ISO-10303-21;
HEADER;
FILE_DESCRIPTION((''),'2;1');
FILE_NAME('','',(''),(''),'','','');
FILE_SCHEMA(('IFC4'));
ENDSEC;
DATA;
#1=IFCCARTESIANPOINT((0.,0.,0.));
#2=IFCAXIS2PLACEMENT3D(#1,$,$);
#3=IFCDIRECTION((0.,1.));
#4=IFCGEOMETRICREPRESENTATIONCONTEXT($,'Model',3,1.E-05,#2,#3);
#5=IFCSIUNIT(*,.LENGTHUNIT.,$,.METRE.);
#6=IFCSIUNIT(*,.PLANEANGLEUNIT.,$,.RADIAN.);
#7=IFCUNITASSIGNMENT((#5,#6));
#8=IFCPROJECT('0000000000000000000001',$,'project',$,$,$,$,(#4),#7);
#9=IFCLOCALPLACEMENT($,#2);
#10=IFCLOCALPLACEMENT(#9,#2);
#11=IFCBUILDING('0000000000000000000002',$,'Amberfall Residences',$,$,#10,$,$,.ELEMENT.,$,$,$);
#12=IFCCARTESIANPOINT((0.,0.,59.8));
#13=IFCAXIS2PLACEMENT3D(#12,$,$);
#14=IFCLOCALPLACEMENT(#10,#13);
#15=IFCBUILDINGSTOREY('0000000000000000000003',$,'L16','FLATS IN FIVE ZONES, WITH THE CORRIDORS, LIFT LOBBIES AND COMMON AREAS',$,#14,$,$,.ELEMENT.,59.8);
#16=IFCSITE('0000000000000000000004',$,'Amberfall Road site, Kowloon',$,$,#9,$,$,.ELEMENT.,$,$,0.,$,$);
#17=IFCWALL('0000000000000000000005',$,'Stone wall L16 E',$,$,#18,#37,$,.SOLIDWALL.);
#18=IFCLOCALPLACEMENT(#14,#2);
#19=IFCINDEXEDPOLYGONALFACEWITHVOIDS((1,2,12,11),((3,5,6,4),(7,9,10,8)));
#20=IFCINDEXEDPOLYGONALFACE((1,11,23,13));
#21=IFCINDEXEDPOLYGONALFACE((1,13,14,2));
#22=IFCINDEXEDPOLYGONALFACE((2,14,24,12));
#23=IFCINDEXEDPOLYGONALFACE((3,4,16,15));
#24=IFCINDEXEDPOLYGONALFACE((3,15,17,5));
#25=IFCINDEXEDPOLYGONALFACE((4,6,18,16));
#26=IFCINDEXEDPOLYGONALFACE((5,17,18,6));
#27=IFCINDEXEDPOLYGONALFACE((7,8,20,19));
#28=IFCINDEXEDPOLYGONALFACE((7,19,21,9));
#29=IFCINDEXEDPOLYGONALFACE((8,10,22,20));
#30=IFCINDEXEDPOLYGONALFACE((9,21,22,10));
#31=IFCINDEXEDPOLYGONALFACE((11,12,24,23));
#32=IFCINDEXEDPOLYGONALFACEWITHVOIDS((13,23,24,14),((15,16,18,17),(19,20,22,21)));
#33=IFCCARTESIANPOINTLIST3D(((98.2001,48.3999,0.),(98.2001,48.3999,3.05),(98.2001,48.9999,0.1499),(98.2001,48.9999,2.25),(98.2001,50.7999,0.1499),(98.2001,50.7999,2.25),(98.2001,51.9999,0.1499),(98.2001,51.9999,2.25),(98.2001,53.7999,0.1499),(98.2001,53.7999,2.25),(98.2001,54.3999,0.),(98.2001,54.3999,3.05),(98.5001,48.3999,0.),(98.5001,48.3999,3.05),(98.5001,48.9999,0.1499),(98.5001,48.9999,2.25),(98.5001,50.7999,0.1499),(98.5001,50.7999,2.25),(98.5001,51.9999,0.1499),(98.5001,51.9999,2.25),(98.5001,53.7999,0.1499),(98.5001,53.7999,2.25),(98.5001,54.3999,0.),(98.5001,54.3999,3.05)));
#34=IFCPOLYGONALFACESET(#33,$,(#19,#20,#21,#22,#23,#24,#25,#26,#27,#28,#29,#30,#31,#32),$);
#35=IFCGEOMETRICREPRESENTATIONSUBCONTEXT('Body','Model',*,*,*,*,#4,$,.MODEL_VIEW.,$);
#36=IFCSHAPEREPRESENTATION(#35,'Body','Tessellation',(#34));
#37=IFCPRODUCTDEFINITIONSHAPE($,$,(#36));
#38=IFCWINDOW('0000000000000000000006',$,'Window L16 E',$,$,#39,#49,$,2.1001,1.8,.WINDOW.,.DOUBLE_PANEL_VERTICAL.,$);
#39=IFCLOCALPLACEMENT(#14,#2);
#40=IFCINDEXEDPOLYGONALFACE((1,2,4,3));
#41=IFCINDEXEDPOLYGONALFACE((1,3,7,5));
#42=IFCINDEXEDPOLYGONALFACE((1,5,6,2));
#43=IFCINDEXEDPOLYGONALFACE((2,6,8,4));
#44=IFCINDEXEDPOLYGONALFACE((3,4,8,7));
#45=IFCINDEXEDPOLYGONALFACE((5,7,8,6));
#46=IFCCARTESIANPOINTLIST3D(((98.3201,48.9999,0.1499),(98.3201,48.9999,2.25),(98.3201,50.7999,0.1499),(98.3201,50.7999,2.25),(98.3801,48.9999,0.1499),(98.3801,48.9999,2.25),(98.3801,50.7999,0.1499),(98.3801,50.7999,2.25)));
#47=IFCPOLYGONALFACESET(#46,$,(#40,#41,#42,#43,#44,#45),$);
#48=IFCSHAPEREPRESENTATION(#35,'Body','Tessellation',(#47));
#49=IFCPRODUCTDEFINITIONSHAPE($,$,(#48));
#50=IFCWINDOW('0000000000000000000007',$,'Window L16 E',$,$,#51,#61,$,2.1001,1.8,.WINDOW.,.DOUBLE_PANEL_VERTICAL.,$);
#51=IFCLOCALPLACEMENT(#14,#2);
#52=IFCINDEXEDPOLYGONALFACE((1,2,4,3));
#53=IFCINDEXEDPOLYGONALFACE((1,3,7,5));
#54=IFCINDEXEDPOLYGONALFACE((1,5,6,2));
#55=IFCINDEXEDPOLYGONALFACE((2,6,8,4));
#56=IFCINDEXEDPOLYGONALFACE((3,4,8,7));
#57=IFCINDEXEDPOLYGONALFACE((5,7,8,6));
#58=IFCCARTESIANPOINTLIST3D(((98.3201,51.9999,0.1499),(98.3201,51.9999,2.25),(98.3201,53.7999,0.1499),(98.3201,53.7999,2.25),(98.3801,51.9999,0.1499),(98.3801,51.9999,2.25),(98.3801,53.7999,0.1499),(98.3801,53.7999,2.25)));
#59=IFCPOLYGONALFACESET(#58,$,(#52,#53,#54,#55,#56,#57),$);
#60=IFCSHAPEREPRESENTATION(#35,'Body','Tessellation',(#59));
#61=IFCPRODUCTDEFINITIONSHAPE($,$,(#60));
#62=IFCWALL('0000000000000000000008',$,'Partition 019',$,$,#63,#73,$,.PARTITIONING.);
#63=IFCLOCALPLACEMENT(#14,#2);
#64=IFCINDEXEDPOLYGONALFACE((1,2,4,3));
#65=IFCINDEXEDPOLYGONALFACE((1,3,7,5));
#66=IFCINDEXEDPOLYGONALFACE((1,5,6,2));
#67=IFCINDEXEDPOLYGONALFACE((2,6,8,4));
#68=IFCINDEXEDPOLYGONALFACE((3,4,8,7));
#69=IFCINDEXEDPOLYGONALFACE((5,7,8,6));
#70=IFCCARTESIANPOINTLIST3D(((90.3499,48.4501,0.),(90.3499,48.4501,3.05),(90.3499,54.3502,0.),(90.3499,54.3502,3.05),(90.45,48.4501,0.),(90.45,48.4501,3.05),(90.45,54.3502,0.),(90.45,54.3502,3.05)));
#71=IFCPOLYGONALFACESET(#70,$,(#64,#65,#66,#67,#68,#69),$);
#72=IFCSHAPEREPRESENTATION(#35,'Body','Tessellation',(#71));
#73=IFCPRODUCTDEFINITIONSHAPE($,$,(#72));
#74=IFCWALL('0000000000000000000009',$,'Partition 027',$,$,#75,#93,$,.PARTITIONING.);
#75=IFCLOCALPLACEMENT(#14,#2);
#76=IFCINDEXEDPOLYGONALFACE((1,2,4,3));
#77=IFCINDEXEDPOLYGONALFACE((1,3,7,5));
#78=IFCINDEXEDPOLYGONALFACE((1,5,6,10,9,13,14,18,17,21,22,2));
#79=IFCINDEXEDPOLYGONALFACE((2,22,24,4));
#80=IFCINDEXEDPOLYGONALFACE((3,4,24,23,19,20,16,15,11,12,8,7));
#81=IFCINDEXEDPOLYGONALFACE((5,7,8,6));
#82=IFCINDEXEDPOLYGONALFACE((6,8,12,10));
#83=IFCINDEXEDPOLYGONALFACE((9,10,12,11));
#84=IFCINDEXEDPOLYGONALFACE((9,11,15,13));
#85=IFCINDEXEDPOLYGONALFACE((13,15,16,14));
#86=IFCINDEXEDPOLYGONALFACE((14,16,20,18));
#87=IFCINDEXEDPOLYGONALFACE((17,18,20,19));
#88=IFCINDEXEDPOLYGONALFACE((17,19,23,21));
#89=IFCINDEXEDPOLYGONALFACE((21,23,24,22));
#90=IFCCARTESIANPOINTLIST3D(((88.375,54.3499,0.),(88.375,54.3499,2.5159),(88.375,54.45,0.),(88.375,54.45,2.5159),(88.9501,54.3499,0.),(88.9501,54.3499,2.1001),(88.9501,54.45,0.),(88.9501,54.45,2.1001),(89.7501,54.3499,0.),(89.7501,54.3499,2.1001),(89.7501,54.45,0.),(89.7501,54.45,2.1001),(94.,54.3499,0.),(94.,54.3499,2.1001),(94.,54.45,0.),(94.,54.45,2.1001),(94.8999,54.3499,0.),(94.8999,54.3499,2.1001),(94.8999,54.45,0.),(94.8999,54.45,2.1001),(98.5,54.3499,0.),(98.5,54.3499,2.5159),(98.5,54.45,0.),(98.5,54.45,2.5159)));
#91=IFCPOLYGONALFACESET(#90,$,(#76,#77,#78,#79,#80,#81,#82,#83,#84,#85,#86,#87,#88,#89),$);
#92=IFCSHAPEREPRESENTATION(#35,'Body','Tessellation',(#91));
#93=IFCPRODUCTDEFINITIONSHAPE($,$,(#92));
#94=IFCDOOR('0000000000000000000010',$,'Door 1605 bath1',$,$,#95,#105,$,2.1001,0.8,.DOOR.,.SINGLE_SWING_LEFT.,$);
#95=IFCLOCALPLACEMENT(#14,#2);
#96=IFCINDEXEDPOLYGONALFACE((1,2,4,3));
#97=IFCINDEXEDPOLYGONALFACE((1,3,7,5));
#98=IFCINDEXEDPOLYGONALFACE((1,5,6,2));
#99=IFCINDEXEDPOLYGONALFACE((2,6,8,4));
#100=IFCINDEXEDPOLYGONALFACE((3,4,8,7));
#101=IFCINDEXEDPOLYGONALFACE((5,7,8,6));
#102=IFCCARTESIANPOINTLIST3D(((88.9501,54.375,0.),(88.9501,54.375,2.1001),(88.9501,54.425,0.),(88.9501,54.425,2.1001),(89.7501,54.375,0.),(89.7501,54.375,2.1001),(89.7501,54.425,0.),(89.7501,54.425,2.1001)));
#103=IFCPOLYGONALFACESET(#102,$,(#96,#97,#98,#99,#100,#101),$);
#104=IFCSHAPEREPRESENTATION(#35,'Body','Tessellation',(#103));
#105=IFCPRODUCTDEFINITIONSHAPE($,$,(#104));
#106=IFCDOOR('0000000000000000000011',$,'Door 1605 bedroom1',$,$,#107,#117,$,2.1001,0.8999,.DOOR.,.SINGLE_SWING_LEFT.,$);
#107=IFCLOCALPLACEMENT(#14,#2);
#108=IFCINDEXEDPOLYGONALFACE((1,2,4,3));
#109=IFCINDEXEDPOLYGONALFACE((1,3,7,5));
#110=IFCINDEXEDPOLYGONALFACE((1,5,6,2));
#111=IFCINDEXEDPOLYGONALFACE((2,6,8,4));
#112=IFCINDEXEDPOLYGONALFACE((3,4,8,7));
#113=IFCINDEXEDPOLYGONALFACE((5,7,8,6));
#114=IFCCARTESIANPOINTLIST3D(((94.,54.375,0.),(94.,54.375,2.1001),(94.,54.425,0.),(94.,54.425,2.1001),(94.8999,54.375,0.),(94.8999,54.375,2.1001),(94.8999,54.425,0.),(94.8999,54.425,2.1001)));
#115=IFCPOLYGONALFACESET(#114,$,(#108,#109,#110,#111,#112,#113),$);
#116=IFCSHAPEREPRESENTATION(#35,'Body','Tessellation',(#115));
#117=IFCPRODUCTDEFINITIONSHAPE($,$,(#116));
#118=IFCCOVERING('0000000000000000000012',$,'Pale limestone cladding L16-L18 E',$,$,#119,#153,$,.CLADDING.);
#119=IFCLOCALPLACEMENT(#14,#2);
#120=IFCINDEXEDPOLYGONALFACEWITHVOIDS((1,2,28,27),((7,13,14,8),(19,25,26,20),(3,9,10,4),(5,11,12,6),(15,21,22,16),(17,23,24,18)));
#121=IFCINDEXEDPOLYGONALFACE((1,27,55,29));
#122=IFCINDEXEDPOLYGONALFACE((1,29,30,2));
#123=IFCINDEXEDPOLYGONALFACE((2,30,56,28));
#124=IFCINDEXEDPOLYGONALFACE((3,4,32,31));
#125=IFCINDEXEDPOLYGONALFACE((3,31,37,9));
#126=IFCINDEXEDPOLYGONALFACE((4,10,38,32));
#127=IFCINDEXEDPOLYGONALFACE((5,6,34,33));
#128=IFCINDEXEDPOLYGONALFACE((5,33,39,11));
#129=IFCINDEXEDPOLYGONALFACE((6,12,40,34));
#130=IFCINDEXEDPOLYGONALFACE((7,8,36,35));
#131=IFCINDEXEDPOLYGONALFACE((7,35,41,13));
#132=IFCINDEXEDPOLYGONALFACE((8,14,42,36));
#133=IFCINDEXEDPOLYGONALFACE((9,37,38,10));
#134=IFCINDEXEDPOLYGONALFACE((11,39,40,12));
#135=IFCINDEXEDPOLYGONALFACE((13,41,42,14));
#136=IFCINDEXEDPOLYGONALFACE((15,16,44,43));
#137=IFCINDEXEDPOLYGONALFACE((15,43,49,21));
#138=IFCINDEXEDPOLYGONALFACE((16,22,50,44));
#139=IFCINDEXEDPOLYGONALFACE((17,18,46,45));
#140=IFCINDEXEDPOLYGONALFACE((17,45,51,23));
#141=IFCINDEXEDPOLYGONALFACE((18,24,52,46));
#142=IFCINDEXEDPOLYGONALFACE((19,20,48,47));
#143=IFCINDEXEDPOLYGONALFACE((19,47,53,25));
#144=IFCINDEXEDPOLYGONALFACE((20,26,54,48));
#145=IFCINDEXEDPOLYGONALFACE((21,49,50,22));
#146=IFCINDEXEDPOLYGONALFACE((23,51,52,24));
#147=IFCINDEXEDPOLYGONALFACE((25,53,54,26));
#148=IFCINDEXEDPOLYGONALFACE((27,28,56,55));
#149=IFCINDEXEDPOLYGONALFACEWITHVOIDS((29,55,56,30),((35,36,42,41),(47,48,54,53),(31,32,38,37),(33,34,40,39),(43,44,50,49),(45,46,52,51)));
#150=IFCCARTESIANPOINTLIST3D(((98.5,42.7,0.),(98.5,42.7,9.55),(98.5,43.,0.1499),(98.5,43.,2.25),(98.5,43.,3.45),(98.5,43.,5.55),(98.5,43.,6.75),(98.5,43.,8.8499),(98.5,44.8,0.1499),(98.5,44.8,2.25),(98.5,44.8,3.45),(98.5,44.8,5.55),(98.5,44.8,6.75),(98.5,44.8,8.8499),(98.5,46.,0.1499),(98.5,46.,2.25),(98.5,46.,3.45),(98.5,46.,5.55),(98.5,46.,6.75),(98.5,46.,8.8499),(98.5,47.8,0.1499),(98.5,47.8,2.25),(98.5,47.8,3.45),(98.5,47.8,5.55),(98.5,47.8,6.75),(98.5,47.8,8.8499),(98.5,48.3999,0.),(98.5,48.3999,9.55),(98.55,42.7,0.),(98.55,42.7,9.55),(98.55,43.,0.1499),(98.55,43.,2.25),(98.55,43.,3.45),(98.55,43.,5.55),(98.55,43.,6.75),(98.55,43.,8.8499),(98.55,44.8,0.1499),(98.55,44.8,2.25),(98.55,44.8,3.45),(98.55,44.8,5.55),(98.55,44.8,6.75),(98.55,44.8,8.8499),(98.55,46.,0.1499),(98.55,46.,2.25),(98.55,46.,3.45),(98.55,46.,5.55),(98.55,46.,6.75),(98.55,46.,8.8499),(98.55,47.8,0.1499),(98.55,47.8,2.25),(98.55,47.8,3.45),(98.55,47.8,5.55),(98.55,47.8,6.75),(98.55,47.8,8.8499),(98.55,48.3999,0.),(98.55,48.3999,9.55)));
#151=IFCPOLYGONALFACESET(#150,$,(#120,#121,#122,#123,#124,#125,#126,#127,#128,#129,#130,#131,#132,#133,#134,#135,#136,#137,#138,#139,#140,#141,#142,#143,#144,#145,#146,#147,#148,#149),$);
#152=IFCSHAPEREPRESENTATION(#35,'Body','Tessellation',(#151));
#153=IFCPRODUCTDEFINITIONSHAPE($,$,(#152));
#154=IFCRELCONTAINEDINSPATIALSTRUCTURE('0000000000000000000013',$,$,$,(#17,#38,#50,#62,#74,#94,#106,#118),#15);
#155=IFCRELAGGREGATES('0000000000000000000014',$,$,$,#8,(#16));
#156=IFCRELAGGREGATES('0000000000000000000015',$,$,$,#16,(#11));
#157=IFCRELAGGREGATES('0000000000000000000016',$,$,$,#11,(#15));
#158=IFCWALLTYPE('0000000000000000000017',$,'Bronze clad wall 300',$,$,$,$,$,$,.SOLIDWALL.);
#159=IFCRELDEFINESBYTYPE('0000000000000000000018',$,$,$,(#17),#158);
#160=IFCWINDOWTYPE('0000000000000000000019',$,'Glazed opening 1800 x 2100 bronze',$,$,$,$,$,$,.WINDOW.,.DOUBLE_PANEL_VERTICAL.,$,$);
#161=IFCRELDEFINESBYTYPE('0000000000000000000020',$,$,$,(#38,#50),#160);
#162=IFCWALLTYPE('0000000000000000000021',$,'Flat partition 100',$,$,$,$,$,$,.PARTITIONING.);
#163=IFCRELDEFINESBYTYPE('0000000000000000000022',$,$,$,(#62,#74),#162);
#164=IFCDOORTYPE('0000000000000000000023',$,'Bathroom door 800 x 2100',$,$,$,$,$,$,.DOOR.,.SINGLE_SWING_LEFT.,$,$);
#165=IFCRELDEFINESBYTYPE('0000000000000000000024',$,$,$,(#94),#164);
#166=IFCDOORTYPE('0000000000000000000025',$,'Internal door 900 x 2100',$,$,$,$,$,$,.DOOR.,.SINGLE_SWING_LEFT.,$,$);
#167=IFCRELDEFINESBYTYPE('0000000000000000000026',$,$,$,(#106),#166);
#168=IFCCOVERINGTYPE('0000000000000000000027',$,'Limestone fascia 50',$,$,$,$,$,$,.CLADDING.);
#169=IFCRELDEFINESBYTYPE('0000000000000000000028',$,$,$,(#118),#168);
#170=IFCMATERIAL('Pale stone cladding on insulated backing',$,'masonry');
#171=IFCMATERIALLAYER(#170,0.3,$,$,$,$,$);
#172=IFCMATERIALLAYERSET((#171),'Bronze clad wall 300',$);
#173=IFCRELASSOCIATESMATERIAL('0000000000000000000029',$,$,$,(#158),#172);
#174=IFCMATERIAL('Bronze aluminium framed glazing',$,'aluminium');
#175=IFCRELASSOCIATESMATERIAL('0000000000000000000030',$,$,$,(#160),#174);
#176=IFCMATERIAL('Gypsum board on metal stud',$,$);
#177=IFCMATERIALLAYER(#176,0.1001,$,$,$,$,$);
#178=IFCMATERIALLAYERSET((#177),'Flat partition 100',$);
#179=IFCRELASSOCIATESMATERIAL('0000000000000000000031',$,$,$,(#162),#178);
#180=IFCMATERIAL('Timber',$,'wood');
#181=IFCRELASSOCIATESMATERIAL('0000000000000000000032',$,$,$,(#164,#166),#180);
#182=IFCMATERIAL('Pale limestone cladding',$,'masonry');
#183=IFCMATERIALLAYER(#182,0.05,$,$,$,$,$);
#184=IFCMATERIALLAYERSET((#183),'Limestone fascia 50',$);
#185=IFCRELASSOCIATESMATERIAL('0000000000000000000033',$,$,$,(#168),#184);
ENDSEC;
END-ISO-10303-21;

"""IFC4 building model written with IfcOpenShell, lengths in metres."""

from ifc_helpers import new_model, si_unit, direction, frame, frame_2d, origin, place, context, subcontext, project, spatial, polyline, rectangle, outline, extrude, material, layer, layer_set, type_object, element, fill, save


model = new_model("IFC4")

# Units and contexts
model_context = context("Model", 3, precision=1e-05, world=origin(), true_north=direction((0.0, 1.0)))
body_context = subcontext(model_context, "Body", "Model", "MODEL_VIEW")
ifc_project = project(units=[si_unit("LENGTHUNIT", "METRE"), si_unit("PLANEANGLEUNIT", "RADIAN")], contexts=[model_context])

# Site, building, storey
site_placement = place(None, origin())
site = spatial("IfcSite", under=ifc_project, at=site_placement, Name="Amberfall Road site, Kowloon", CompositionType="ELEMENT", RefElevation=0.0)
building_placement = place(site_placement, origin())
building = spatial("IfcBuilding", under=site, at=building_placement, Name="Amberfall Residences", CompositionType="ELEMENT")
storey_placement = place(building_placement, frame((0.0, 0.0, 59.8)))
storey = spatial("IfcBuildingStorey", under=building, at=storey_placement, Name="L16", Description="FLATS IN FIVE ZONES, WITH THE CORRIDORS, LIFT LOBBIES AND COMMON AREAS", CompositionType="ELEMENT", Elevation=59.8)

# Shared definitions
ifc_material_1 = material(Name="Pale stone cladding on insulated backing", Category="masonry")
ifc_layer_1 = layer(ifc_material_1, 0.3)
ifc_layer_set_1 = layer_set([ifc_layer_1], Name="Bronze clad wall 300")
wall_type_1 = type_object("IfcWallType", Name="Bronze clad wall 300", PredefinedType="SOLIDWALL", material=ifc_layer_set_1)

# Wall, openings, windows
ifc_material_2 = material(Name="Bronze aluminium framed glazing", Category="aluminium")
window_type = type_object("IfcWindowType", Name="Glazed opening 1800 x 2100 bronze", PartitioningType="DOUBLE_PANEL_VERTICAL", PredefinedType="WINDOW", material=ifc_material_2)
wall_1_placement = place(storey_placement, frame((98.3501, 48.3999, 0.0), z_axis=(0.0, 0.0, 1.0), x_axis=(0.0, 1.0, 0.0)))
wall_1 = element("IfcWall", 1, at=wall_1_placement, inside=storey, type_object=wall_type_1, Name="Stone wall L16 E", PredefinedType="SOLIDWALL", context=body_context, shape_type="SweptSolid", body=[
    extrude(rectangle(XDim=6.0, YDim=0.3, at=frame_2d((3.0, 0.0))), origin(), (0.0, 0.0, 1.0), 3.05),
])
opening_1_placement = place(wall_1_placement, frame((0.6001, 0.0, 0.1499)))
opening_1 = element("IfcOpeningElement", 2, at=opening_1_placement, cuts=wall_1, PredefinedType="OPENING", context=body_context, shape_type="SweptSolid", body=[
    extrude(rectangle(XDim=1.8, YDim=2.1001, at=frame_2d((0.8999, 1.05))), frame((0.0, 0.1599, 0.0), z_axis=(0.0, -1.0, 0.0), x_axis=(1.0, 0.0, 0.0)), (0.0, 0.0, 1.0), 0.3201),
])
opening_2_placement = place(wall_1_placement, frame((3.6001, 0.0, 0.1499)))
opening_2 = element("IfcOpeningElement", 3, at=opening_2_placement, cuts=wall_1, PredefinedType="OPENING", context=body_context, shape_type="SweptSolid", body=[
    extrude(rectangle(XDim=1.8, YDim=2.1001, at=frame_2d((0.8999, 1.05))), frame((0.0, 0.1599, 0.0), z_axis=(0.0, -1.0, 0.0), x_axis=(1.0, 0.0, 0.0)), (0.0, 0.0, 1.0), 0.3201),
])
window_1_placement = place(opening_1_placement, origin())
window_1 = element("IfcWindow", 4, at=window_1_placement, inside=storey, type_object=window_type, Name="Window L16 E", OverallHeight=2.1001, OverallWidth=1.8, PartitioningType="DOUBLE_PANEL_VERTICAL", PredefinedType="WINDOW", context=body_context, shape_type="SweptSolid", body=[
    extrude(rectangle(XDim=1.8, YDim=2.1001, at=frame_2d((0.8999, 1.05))), frame((0.0, 0.03, 0.0), z_axis=(0.0, -1.0, 0.0), x_axis=(1.0, 0.0, 0.0)), (0.0, 0.0, 1.0), 0.0601),
])
fill(opening_1, window_1)
window_2_placement = place(opening_2_placement, origin())
window_2 = element("IfcWindow", 5, at=window_2_placement, inside=storey, type_object=window_type, Name="Window L16 E", OverallHeight=2.1001, OverallWidth=1.8, PartitioningType="DOUBLE_PANEL_VERTICAL", PredefinedType="WINDOW", context=body_context, shape_type="SweptSolid", body=[
    extrude(rectangle(XDim=1.8, YDim=2.1001, at=frame_2d((0.8999, 1.05))), frame((0.0, 0.03, 0.0), z_axis=(0.0, -1.0, 0.0), x_axis=(1.0, 0.0, 0.0)), (0.0, 0.0, 1.0), 0.0601),
])
fill(opening_2, window_2)

# Wall
ifc_material_3 = material(Name="Gypsum board on metal stud")
ifc_layer_2 = layer(ifc_material_3, 0.1001)
ifc_layer_set_2 = layer_set([ifc_layer_2], Name="Flat partition 100")
wall_type_2 = type_object("IfcWallType", Name="Flat partition 100", PredefinedType="PARTITIONING", material=ifc_layer_set_2)
wall_2_placement = place(storey_placement, frame((90.3999, 48.45, 0.0), z_axis=(0.0, 0.0, 1.0), x_axis=(0.0, 1.0, 0.0)))
element("IfcWall", 6, at=wall_2_placement, inside=storey, type_object=wall_type_2, Name="Partition 019", PredefinedType="PARTITIONING", context=body_context, shape_type="SweptSolid", body=[
    extrude(rectangle(XDim=5.9001, YDim=0.1001, at=frame_2d((2.9502, 0.0))), origin(), (0.0, 0.0, 1.0), 3.05),
])

# Wall, openings, doors
wall_3_placement = place(storey_placement, frame((98.5, 54.3999, 0.0), z_axis=(0.0, 0.0, 1.0), x_axis=(-1.0, 0.0, 0.0)))
wall_3 = element("IfcWall", 7, at=wall_3_placement, inside=storey, type_object=wall_type_2, Name="Partition 027", PredefinedType="PARTITIONING", context=body_context, shape_type="SweptSolid", body=[
    extrude(rectangle(XDim=10.125, YDim=0.1001, at=frame_2d((5.0625, 0.0))), origin(), (0.0, 0.0, 1.0), 2.5159),
])
opening_3_placement = place(wall_3_placement, frame((3.6001, 0.0, 0.0)))
opening_3 = element("IfcOpeningElement", 8, at=opening_3_placement, cuts=wall_3, PredefinedType="OPENING", context=body_context, shape_type="SweptSolid", body=[
    extrude(rectangle(XDim=0.8999, YDim=2.1001, at=frame_2d((0.45, 1.05))), frame((0.0, 0.0601, 0.0), z_axis=(0.0, -1.0, 0.0), x_axis=(1.0, 0.0, 0.0)), (0.0, 0.0, 1.0), 0.1201),
])
opening_4_placement = place(wall_3_placement, frame((8.75, 0.0, 0.0)))
opening_4 = element("IfcOpeningElement", 9, at=opening_4_placement, cuts=wall_3, PredefinedType="OPENING", context=body_context, shape_type="SweptSolid", body=[
    extrude(rectangle(XDim=0.8, YDim=2.1001, at=frame_2d((0.3999, 1.05))), frame((0.0, 0.0601, 0.0), z_axis=(0.0, -1.0, 0.0), x_axis=(1.0, 0.0, 0.0)), (0.0, 0.0, 1.0), 0.1201),
])
ifc_material_4 = material(Name="Timber", Category="wood")
door_type_1 = type_object("IfcDoorType", Name="Bathroom door 800 x 2100", OperationType="SINGLE_SWING_LEFT", PredefinedType="DOOR", material=ifc_material_4)
door_1_placement = place(opening_4_placement, origin())
door_1 = element("IfcDoor", 10, at=door_1_placement, inside=storey, type_object=door_type_1, Name="Door 1605 bath1", OperationType="SINGLE_SWING_LEFT", OverallHeight=2.1001, OverallWidth=0.8, PredefinedType="DOOR", context=body_context, shape_type="SweptSolid", body=[
    extrude(rectangle(XDim=0.8, YDim=2.1001, at=frame_2d((0.3999, 1.05))), frame((0.0, 0.0249, 0.0), z_axis=(0.0, -1.0, 0.0), x_axis=(1.0, 0.0, 0.0)), (0.0, 0.0, 1.0), 0.05),
])
fill(opening_4, door_1)
door_type_2 = type_object("IfcDoorType", Name="Internal door 900 x 2100", OperationType="SINGLE_SWING_LEFT", PredefinedType="DOOR", material=ifc_material_4)
door_2_placement = place(opening_3_placement, origin())
door_2 = element("IfcDoor", 11, at=door_2_placement, inside=storey, type_object=door_type_2, Name="Door 1605 bedroom1", OperationType="SINGLE_SWING_LEFT", OverallHeight=2.1001, OverallWidth=0.8999, PredefinedType="DOOR", context=body_context, shape_type="SweptSolid", body=[
    extrude(rectangle(XDim=0.8999, YDim=2.1001, at=frame_2d((0.45, 1.05))), frame((0.0, 0.0249, 0.0), z_axis=(0.0, -1.0, 0.0), x_axis=(1.0, 0.0, 0.0)), (0.0, 0.0, 1.0), 0.05),
])
fill(opening_3, door_2)

# Covering
ifc_material_5 = material(Name="Pale limestone cladding", Category="masonry")
ifc_layer_3 = layer(ifc_material_5, 0.05)
ifc_layer_set_3 = layer_set([ifc_layer_3], Name="Limestone fascia 50")
covering_type = type_object("IfcCoveringType", Name="Limestone fascia 50", PredefinedType="CLADDING", material=ifc_layer_set_3)
covering_1_placement = place(storey_placement, frame((98.5, 42.7, 9.55), z_axis=(-1.0, 0.0, 0.0), x_axis=(0.0, 1.0, 0.0)))
element("IfcCovering", 12, at=covering_1_placement, inside=storey, type_object=covering_type, Name="Pale limestone cladding L16-L18 E", PredefinedType="CLADDING", context=body_context, shape_type="SweptSolid", body=[
    extrude(outline(polyline([(0.0, 0.0), (5.7, 0.0), (5.7, 9.55), (0.0, 9.55), (0.0, 0.0)]), holes=[polyline([(0.3, 7.3), (2.1001, 7.3), (2.1001, 9.4001), (0.3, 9.4001), (0.3, 7.3)]), polyline([(3.3, 7.3), (5.1001, 7.3), (5.1001, 9.4001), (3.3, 9.4001), (3.3, 7.3)]), polyline([(0.3, 4.0), (2.1001, 4.0), (2.1001, 6.1001), (0.3, 6.1001), (0.3, 4.0)]), polyline([(3.3, 4.0), (5.1001, 4.0), (5.1001, 6.1001), (3.3, 6.1001), (3.3, 4.0)]), polyline([(0.3, 0.7002), (2.1001, 0.7002), (2.1001, 2.8), (0.3, 2.8), (0.3, 0.7002)]), polyline([(3.3, 0.7002), (5.1001, 0.7002), (5.1001, 2.8), (3.3, 2.8), (3.3, 0.7002)])]), origin(), (0.0, 0.0, -1.0), 0.05),
])

save(model, "model.ifc")
